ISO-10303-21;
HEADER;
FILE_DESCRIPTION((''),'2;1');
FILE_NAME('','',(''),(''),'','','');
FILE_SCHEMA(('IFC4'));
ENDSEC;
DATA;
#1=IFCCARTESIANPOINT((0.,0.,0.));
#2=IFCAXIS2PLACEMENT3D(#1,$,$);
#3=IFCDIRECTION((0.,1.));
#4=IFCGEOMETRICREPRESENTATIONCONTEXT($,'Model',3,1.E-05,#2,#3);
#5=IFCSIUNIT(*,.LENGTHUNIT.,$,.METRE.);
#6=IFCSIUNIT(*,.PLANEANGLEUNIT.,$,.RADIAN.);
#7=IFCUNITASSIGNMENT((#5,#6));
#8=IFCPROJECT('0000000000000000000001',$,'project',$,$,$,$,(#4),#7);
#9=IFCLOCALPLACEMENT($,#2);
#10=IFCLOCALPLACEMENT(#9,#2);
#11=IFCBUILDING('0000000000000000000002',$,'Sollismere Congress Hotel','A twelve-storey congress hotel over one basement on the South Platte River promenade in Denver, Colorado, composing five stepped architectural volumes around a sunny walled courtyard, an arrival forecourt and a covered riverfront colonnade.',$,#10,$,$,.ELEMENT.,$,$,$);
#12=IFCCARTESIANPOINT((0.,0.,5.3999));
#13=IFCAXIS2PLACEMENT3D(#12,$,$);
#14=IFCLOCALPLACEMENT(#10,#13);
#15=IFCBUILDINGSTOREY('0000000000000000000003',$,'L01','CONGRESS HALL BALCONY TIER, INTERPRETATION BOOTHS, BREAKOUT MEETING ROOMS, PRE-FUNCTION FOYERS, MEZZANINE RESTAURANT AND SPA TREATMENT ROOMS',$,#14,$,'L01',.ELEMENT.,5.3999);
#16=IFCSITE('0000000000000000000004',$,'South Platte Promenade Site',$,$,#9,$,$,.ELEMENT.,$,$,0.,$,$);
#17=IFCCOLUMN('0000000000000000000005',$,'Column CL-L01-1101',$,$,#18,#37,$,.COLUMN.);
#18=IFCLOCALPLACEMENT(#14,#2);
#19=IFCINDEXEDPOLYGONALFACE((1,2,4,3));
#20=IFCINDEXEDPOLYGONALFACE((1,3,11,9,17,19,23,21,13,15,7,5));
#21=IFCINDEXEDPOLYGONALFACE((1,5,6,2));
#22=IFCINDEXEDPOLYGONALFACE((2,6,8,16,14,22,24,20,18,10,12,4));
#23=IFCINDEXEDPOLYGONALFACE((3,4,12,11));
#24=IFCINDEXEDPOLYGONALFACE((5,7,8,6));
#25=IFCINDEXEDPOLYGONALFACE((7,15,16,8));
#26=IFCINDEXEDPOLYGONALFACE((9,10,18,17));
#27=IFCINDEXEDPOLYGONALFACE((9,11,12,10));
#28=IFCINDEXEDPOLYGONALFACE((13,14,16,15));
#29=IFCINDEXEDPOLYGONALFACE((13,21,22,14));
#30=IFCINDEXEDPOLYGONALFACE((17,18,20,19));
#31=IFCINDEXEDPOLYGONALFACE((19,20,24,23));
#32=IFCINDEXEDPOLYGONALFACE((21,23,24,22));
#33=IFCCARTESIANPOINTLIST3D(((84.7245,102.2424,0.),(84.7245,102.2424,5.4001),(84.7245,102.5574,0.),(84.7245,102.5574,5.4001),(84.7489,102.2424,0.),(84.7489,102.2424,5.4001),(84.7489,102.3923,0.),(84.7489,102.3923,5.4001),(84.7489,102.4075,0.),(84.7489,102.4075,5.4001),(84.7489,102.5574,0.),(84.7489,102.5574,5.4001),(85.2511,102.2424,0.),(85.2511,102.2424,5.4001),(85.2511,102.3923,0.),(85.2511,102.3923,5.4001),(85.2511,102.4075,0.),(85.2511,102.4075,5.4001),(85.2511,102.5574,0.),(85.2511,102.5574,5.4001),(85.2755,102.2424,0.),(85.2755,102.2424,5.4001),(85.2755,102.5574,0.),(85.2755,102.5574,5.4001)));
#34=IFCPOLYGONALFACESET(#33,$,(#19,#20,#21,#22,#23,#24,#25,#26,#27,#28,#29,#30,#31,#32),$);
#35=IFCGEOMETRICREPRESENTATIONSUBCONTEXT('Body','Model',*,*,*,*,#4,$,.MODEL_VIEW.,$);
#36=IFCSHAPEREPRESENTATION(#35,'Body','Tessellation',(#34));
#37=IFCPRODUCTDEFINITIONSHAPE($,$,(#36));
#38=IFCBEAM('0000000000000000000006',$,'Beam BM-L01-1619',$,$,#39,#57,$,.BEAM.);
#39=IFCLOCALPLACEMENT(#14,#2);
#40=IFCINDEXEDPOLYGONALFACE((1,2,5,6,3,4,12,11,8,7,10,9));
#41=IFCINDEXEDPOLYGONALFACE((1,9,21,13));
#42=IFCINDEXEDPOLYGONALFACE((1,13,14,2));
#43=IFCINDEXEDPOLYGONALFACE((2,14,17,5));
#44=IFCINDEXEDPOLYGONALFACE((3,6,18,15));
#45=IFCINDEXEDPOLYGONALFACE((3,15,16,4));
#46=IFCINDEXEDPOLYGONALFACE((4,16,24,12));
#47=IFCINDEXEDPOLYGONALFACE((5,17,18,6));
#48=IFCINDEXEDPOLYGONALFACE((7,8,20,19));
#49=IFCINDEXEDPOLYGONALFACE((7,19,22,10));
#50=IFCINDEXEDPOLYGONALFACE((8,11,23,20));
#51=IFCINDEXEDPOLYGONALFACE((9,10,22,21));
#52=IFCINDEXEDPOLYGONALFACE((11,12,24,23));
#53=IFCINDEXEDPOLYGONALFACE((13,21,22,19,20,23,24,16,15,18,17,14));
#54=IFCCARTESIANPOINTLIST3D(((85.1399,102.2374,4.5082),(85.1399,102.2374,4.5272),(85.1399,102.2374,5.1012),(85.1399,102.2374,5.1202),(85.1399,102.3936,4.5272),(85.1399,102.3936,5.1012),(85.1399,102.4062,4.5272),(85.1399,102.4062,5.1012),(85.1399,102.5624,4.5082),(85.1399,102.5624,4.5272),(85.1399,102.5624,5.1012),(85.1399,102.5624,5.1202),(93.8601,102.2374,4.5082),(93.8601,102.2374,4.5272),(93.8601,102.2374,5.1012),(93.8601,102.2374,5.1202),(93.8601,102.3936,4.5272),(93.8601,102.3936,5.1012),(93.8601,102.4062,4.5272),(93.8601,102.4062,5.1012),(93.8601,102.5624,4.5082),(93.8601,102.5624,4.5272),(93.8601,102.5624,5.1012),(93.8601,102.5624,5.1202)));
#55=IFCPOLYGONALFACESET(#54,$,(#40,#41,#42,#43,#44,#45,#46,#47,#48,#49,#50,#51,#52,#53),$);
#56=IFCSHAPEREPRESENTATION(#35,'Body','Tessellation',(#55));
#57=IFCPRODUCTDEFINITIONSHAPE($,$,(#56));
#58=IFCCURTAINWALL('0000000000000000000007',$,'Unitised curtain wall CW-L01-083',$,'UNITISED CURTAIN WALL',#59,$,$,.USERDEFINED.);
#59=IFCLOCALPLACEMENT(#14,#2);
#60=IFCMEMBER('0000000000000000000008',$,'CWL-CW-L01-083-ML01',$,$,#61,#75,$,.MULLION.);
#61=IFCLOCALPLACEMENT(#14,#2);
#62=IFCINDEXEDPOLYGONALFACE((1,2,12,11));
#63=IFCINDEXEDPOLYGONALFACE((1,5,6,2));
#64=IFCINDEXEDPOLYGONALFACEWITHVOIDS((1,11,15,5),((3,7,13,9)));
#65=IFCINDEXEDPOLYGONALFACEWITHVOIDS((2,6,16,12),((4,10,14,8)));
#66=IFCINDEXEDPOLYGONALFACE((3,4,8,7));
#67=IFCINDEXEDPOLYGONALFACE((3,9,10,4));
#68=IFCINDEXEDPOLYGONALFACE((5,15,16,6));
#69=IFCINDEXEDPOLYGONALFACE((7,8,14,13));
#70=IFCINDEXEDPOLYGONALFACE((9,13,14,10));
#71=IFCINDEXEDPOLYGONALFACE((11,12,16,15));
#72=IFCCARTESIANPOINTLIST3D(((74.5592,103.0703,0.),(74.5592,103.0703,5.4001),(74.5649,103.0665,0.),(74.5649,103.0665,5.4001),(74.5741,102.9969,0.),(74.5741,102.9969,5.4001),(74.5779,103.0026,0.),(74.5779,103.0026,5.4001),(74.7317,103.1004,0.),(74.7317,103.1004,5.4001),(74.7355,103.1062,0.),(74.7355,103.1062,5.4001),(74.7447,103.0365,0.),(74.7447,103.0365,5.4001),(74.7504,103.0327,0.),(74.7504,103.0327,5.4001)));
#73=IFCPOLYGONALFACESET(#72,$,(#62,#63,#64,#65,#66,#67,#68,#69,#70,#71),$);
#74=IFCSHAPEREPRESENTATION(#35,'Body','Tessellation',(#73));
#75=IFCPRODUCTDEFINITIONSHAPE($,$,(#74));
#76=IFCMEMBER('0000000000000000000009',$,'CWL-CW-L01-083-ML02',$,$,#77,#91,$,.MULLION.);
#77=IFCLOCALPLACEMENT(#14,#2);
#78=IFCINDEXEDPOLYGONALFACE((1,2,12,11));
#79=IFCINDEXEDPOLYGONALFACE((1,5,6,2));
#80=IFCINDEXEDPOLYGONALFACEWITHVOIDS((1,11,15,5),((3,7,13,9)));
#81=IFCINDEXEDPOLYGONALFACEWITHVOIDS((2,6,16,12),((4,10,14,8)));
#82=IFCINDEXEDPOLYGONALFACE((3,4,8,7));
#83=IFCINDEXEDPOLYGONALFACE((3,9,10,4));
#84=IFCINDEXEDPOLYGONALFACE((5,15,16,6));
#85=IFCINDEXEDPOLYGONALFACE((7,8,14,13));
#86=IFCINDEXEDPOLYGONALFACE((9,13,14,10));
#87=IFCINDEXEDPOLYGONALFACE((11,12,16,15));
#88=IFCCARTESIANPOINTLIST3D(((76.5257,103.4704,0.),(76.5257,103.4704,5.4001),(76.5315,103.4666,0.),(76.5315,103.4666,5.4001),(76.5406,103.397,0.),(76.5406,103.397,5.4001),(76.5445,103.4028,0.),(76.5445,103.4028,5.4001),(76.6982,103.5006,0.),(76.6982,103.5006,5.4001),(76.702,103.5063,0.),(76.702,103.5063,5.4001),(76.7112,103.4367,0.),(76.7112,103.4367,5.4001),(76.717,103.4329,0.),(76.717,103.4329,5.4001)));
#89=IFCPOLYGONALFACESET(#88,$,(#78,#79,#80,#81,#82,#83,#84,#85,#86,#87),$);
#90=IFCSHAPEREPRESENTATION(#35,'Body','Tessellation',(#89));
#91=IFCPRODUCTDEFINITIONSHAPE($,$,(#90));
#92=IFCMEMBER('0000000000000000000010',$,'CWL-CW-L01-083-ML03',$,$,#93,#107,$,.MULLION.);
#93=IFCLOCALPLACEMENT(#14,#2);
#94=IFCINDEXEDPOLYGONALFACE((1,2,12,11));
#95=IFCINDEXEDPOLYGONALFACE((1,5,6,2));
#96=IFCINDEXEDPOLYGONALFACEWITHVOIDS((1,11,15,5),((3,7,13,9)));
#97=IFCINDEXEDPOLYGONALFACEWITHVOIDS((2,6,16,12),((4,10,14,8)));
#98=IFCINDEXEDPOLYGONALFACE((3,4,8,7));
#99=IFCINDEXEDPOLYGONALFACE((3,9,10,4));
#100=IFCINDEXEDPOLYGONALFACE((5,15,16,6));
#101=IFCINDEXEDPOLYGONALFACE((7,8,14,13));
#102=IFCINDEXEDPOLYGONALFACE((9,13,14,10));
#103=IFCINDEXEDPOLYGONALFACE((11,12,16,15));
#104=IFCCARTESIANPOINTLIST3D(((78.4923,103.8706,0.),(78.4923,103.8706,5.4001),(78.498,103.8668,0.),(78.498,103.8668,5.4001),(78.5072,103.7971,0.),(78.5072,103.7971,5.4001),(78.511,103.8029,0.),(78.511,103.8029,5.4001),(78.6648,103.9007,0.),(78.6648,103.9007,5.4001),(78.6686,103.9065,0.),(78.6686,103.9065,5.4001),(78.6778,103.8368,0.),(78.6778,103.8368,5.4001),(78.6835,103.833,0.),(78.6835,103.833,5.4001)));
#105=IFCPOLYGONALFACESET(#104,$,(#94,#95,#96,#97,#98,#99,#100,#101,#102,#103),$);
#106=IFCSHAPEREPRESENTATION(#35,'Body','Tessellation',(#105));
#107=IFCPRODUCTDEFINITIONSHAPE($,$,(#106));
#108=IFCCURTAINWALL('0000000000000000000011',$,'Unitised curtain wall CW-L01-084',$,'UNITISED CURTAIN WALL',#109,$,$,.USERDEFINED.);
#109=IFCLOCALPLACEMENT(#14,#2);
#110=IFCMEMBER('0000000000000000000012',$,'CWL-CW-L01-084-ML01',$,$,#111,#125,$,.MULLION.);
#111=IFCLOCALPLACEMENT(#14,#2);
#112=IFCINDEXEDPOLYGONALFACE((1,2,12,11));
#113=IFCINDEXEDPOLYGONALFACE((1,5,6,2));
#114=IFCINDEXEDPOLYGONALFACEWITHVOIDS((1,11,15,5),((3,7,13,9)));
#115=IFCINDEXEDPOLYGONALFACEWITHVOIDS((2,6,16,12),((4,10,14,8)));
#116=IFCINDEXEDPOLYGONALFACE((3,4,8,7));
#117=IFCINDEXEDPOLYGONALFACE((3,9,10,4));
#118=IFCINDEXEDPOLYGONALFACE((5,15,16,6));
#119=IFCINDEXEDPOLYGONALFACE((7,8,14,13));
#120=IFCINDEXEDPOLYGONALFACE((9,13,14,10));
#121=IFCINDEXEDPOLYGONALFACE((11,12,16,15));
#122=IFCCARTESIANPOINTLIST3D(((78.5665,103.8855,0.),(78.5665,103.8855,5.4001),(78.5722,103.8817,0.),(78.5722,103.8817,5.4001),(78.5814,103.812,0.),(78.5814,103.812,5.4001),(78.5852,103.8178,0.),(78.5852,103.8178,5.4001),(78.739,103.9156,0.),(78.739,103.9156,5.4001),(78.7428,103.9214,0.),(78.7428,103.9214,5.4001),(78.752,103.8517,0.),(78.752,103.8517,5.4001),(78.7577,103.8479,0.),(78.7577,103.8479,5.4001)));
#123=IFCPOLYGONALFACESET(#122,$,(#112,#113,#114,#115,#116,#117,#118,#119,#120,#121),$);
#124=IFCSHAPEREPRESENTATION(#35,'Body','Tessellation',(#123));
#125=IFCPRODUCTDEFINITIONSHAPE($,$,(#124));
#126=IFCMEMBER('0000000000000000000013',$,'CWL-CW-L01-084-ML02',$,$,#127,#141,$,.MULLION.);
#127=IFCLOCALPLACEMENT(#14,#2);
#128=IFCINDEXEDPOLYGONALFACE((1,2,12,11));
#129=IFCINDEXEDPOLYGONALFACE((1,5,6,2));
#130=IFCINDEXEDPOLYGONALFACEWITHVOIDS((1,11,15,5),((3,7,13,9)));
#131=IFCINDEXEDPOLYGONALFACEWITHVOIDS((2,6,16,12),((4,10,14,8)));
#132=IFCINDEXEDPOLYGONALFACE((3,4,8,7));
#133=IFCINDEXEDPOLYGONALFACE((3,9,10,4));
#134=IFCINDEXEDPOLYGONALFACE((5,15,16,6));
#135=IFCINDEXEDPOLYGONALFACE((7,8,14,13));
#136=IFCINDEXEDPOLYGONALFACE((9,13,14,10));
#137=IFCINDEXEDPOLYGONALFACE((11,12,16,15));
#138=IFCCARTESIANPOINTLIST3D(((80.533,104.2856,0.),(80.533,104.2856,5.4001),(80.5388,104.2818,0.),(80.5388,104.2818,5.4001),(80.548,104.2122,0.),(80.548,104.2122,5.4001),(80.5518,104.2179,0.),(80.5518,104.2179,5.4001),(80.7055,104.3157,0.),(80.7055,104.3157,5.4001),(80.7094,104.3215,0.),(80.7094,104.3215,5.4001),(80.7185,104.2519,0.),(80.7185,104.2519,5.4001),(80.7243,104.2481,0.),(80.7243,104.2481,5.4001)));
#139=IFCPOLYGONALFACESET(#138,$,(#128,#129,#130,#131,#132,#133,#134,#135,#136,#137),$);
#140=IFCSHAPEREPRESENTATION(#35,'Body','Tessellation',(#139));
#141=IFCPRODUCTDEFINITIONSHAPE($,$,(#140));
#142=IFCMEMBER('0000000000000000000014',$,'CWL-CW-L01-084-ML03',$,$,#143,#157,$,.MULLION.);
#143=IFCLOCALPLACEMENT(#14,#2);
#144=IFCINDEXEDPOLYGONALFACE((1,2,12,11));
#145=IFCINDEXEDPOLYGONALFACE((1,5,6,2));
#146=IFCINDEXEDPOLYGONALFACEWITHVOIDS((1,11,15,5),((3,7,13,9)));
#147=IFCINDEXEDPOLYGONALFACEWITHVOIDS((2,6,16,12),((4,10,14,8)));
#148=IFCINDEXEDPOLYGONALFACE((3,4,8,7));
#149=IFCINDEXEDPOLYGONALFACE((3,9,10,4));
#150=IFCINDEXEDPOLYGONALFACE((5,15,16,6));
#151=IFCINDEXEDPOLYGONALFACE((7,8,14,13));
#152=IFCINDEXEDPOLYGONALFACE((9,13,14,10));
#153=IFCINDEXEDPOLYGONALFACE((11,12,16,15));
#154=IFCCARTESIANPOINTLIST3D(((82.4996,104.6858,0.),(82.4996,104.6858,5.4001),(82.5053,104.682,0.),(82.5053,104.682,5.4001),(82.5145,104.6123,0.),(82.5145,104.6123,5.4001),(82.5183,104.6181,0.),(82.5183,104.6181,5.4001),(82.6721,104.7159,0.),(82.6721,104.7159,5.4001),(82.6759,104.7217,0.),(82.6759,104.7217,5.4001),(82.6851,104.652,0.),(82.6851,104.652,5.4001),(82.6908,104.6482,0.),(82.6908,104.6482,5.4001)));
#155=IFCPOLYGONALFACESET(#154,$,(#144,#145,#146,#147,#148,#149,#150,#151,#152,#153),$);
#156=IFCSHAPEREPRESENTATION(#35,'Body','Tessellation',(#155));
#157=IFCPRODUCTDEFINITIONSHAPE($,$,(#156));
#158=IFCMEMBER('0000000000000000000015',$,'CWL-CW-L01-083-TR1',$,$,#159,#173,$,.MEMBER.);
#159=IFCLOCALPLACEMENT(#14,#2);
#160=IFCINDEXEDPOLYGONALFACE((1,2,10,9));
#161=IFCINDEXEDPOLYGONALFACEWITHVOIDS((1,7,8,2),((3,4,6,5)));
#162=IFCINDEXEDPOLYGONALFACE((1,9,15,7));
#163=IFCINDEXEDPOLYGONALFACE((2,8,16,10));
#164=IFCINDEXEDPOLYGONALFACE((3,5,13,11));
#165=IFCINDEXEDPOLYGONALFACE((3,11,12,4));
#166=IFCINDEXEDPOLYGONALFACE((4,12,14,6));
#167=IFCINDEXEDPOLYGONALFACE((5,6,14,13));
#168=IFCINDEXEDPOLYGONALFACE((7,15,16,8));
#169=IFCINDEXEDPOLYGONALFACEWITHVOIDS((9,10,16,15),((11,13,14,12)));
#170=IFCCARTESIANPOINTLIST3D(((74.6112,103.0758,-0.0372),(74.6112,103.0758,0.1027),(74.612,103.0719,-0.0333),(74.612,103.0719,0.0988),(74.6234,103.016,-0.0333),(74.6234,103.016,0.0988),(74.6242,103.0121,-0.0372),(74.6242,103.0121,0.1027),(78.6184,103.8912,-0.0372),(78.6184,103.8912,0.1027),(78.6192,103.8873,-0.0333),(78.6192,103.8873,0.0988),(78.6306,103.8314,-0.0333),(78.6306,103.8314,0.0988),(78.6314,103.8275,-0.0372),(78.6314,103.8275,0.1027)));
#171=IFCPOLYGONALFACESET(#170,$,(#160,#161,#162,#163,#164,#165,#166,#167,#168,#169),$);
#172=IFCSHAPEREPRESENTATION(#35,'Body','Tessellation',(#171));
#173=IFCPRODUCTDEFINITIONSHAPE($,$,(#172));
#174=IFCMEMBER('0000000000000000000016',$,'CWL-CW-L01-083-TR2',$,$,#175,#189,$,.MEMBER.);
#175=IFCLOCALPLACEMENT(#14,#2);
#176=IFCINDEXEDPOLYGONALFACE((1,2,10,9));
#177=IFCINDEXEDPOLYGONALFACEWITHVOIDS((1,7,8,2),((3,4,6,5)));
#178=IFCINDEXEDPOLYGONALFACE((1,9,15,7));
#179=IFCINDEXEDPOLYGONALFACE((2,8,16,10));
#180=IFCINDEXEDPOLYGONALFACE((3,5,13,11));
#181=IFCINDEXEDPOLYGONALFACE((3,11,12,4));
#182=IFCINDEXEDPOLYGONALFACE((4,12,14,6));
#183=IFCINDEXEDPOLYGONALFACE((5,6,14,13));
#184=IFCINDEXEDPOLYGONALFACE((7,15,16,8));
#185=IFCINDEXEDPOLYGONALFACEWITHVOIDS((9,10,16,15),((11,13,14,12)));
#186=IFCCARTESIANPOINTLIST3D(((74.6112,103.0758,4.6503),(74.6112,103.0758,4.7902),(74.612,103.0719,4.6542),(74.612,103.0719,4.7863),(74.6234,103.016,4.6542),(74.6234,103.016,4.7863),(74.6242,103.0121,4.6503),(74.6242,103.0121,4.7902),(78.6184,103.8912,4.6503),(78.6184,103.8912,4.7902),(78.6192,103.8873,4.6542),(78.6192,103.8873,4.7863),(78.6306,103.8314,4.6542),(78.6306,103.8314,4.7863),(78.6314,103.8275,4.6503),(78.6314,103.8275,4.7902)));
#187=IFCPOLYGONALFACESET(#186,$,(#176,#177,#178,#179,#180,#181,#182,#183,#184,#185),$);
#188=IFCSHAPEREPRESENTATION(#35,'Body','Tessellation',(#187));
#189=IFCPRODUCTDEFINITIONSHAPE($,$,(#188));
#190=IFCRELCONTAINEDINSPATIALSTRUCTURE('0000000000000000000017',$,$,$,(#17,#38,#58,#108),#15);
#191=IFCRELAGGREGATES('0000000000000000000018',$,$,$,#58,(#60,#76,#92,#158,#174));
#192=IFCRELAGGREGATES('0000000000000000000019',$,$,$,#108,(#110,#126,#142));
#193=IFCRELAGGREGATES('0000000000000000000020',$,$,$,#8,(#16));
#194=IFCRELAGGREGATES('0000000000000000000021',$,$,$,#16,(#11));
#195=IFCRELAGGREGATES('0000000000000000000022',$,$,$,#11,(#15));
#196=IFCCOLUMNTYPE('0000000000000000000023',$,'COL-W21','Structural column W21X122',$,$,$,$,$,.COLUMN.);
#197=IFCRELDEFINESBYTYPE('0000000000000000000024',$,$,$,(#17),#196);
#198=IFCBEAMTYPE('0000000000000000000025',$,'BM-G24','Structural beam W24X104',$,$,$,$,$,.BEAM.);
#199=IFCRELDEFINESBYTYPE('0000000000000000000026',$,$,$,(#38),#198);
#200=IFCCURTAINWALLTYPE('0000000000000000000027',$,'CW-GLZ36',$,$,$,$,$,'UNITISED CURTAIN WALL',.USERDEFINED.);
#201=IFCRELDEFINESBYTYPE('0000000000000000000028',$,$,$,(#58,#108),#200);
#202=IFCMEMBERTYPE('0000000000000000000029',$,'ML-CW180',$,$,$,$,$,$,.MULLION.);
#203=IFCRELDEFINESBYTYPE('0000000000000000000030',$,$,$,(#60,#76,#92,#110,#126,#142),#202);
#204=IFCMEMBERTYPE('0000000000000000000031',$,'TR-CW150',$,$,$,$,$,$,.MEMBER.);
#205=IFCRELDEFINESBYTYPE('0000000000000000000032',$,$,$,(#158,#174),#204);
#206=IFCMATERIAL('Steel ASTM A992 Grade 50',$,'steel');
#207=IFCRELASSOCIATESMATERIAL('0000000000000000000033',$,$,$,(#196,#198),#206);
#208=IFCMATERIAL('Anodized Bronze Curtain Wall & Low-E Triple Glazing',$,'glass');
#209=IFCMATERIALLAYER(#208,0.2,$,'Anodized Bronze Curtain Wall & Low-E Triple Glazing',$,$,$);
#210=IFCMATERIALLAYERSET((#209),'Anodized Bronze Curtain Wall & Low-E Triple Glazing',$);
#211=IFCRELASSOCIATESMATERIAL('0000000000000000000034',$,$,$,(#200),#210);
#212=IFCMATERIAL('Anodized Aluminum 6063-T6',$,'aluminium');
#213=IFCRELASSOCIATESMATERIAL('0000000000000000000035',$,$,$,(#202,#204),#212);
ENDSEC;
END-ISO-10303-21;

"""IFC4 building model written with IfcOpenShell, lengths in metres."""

from ifc_helpers import new_model, si_unit, direction, frame, origin, origin_2d, place, context, subcontext, project, spatial, hollow_rectangle, i_section, extrude, material, layer, layer_set, material_profile, profile_set, type_object, element, aggregate, save


model = new_model("IFC4")

# Units and contexts
model_context = context("Model", 3, precision=1e-05, world=origin(), true_north=direction((0.0, 1.0)))
body_context = subcontext(model_context, "Body", "Model", "MODEL_VIEW")
ifc_project = project(units=[si_unit("LENGTHUNIT", "METRE"), si_unit("PLANEANGLEUNIT", "RADIAN")], contexts=[model_context])

# Site, building, storey
site_placement = place(None, origin())
site = spatial("IfcSite", under=ifc_project, at=site_placement, Name="South Platte Promenade Site", CompositionType="ELEMENT", RefElevation=0.0)
building_placement = place(site_placement, origin())
building = spatial("IfcBuilding", under=site, at=building_placement, Name="Sollismere Congress Hotel", Description="A twelve-storey congress hotel over one basement on the South Platte River promenade in Denver, Colorado, composing five stepped architectural volumes around a sunny walled courtyard, an arrival forecourt and a covered riverfront colonnade.", CompositionType="ELEMENT")
storey_placement = place(building_placement, frame((0.0, 0.0, 5.3999)))
storey = spatial("IfcBuildingStorey", under=building, at=storey_placement, Name="L01", Description="CONGRESS HALL BALCONY TIER, INTERPRETATION BOOTHS, BREAKOUT MEETING ROOMS, PRE-FUNCTION FOYERS, MEZZANINE RESTAURANT AND SPA TREATMENT ROOMS", LongName="L01", CompositionType="ELEMENT", Elevation=5.3999)

# Column
ifc_material_1 = material(Name="Steel ASTM A992 Grade 50", Category="steel")
ifc_material_profile_1 = material_profile(ifc_material_1, i_section(OverallWidth=0.3149, OverallDepth=0.551, WebThickness=0.0151, FlangeThickness=0.0244, at=origin_2d()), Name="W21X122")
ifc_profile_set_1 = profile_set([ifc_material_profile_1], Name="Steel ASTM A992 Grade 50")
column_type = type_object("IfcColumnType", Name="COL-W21", Description="Structural column W21X122", PredefinedType="COLUMN", material=ifc_profile_set_1)
column_placement = place(storey_placement, frame((85.0, 102.3999, 0.0), z_axis=(0.0, 0.0, 1.0), x_axis=(0.0, 1.0, 0.0)))
element("IfcColumn", 1, at=column_placement, inside=storey, type_object=column_type, Name="Column CL-L01-1101", PredefinedType="COLUMN", context=body_context, shape_type="SweptSolid", body=[
    extrude(i_section(OverallWidth=0.3149, OverallDepth=0.551, WebThickness=0.0151, FlangeThickness=0.0244, at=origin_2d()), origin(), (0.0, 0.0, 1.0), 5.4001),
])

# Beam
ifc_material_profile_2 = material_profile(ifc_material_1, i_section(OverallWidth=0.325, OverallDepth=0.6121, WebThickness=0.0127, FlangeThickness=0.019, at=origin_2d()), Name="W24X104")
ifc_profile_set_2 = profile_set([ifc_material_profile_2], Name="Steel ASTM A992 Grade 50")
beam_type = type_object("IfcBeamType", Name="BM-G24", Description="Structural beam W24X104", PredefinedType="BEAM", material=ifc_profile_set_2)
beam_placement = place(storey_placement, frame((85.1399, 102.3999, 4.8142), z_axis=(1.0, 0.0, 0.0), x_axis=(0.0, 1.0, 0.0)))
element("IfcBeam", 2, at=beam_placement, inside=storey, type_object=beam_type, Name="Beam BM-L01-1619", PredefinedType="BEAM", context=body_context, shape_type="SweptSolid", body=[
    extrude(i_section(OverallWidth=0.325, OverallDepth=0.6121, WebThickness=0.0127, FlangeThickness=0.019, at=origin_2d()), origin(), (0.0, 0.0, 1.0), 8.7202),
])

# Curtain walls, members
ifc_material_2 = material(Name="Anodized Bronze Curtain Wall & Low-E Triple Glazing", Category="glass")
ifc_layer_1 = layer(ifc_material_2, 0.2, Name="Anodized Bronze Curtain Wall & Low-E Triple Glazing")
ifc_layer_set_1 = layer_set([ifc_layer_1], Name="Anodized Bronze Curtain Wall & Low-E Triple Glazing")
curtain_wall_type = type_object("IfcCurtainWallType", Name="CW-GLZ36", ElementType="UNITISED CURTAIN WALL", PredefinedType="USERDEFINED", material=ifc_layer_set_1)
curtain_wall_1_placement = place(storey_placement, origin())
curtain_wall_1 = element("IfcCurtainWall", 3, at=curtain_wall_1_placement, inside=storey, type_object=curtain_wall_type, Name="Unitised curtain wall CW-L01-083", ObjectType="UNITISED CURTAIN WALL", PredefinedType="USERDEFINED")
ifc_material_3 = material(Name="Anodized Aluminum 6063-T6", Category="aluminium")
ifc_material_profile_3 = material_profile(ifc_material_3, hollow_rectangle(XDim=0.075, YDim=0.1799, WallThickness=0.0049, at=origin_2d()), Name="ALU180X75X5")
ifc_profile_set_3 = profile_set([ifc_material_profile_3], Name="Anodized Aluminum 6063-T6")
member_type_1 = type_object("IfcMemberType", Name="ML-CW180", PredefinedType="MULLION", material=ifc_profile_set_3)
member_1_placement = place(storey_placement, frame((74.6548, 103.0515, 0.0), z_axis=(0.0, 0.0, 1.0), x_axis=(-0.199368, 0.979925, 0.0)))
member_1 = element("IfcMember", 4, at=member_1_placement, type_object=member_type_1, Name="CWL-CW-L01-083-ML01", PredefinedType="MULLION", context=body_context, shape_type="SweptSolid", body=[
    extrude(hollow_rectangle(XDim=0.075, YDim=0.1799, WallThickness=0.0049, at=origin_2d()), origin(), (0.0, 0.0, 1.0), 5.4001),
])
member_2_placement = place(storey_placement, frame((76.6213, 103.4517, 0.0), z_axis=(0.0, 0.0, 1.0), x_axis=(-0.199368, 0.979925, 0.0)))
member_2 = element("IfcMember", 5, at=member_2_placement, type_object=member_type_1, Name="CWL-CW-L01-083-ML02", PredefinedType="MULLION", context=body_context, shape_type="SweptSolid", body=[
    extrude(hollow_rectangle(XDim=0.075, YDim=0.1799, WallThickness=0.0049, at=origin_2d()), origin(), (0.0, 0.0, 1.0), 5.4001),
])
member_3_placement = place(storey_placement, frame((78.5879, 103.8518, 0.0), z_axis=(0.0, 0.0, 1.0), x_axis=(-0.199368, 0.979925, 0.0)))
member_3 = element("IfcMember", 6, at=member_3_placement, type_object=member_type_1, Name="CWL-CW-L01-083-ML03", PredefinedType="MULLION", context=body_context, shape_type="SweptSolid", body=[
    extrude(hollow_rectangle(XDim=0.075, YDim=0.1799, WallThickness=0.0049, at=origin_2d()), origin(), (0.0, 0.0, 1.0), 5.4001),
])
curtain_wall_2_placement = place(storey_placement, origin())
curtain_wall_2 = element("IfcCurtainWall", 7, at=curtain_wall_2_placement, inside=storey, type_object=curtain_wall_type, Name="Unitised curtain wall CW-L01-084", ObjectType="UNITISED CURTAIN WALL", PredefinedType="USERDEFINED")
member_4_placement = place(storey_placement, frame((78.6621, 103.8667, 0.0), z_axis=(0.0, 0.0, 1.0), x_axis=(-0.199368, 0.979925, 0.0)))
member_4 = element("IfcMember", 8, at=member_4_placement, type_object=member_type_1, Name="CWL-CW-L01-084-ML01", PredefinedType="MULLION", context=body_context, shape_type="SweptSolid", body=[
    extrude(hollow_rectangle(XDim=0.075, YDim=0.1799, WallThickness=0.0049, at=origin_2d()), origin(), (0.0, 0.0, 1.0), 5.4001),
])
member_5_placement = place(storey_placement, frame((80.6287, 104.2668, 0.0), z_axis=(0.0, 0.0, 1.0), x_axis=(-0.199368, 0.979925, 0.0)))
member_5 = element("IfcMember", 9, at=member_5_placement, type_object=member_type_1, Name="CWL-CW-L01-084-ML02", PredefinedType="MULLION", context=body_context, shape_type="SweptSolid", body=[
    extrude(hollow_rectangle(XDim=0.075, YDim=0.1799, WallThickness=0.0049, at=origin_2d()), origin(), (0.0, 0.0, 1.0), 5.4001),
])
member_6_placement = place(storey_placement, frame((82.5952, 104.667, 0.0), z_axis=(0.0, 0.0, 1.0), x_axis=(-0.199368, 0.979925, 0.0)))
member_6 = element("IfcMember", 10, at=member_6_placement, type_object=member_type_1, Name="CWL-CW-L01-084-ML03", PredefinedType="MULLION", context=body_context, shape_type="SweptSolid", body=[
    extrude(hollow_rectangle(XDim=0.075, YDim=0.1799, WallThickness=0.0049, at=origin_2d()), origin(), (0.0, 0.0, 1.0), 5.4001),
])

# Members
ifc_material_profile_4 = material_profile(ifc_material_3, hollow_rectangle(XDim=0.0649, YDim=0.1399, WallThickness=0.0039, at=origin_2d()), Name="ALU140X65X4")
ifc_profile_set_4 = profile_set([ifc_material_profile_4], Name="Anodized Aluminum 6063-T6")
member_type_2 = type_object("IfcMemberType", Name="TR-CW150", PredefinedType="MEMBER", material=ifc_profile_set_4)
member_7_placement = place(storey_placement, frame((74.6177, 103.0439, 0.0327), z_axis=(0.979918, 0.199399, 0.0), x_axis=(-0.199399, 0.979918, 0.0)))
member_7 = element("IfcMember", 11, at=member_7_placement, type_object=member_type_2, Name="CWL-CW-L01-083-TR1", PredefinedType="MEMBER", context=body_context, shape_type="SweptSolid", body=[
    extrude(hollow_rectangle(XDim=0.0649, YDim=0.1399, WallThickness=0.0039, at=origin_2d()), origin(), (0.0, 0.0, 1.0), 4.0894),
])
member_8_placement = place(storey_placement, frame((74.6177, 103.0439, 4.7202), z_axis=(0.979918, 0.199399, 0.0), x_axis=(-0.199399, 0.979918, 0.0)))
member_8 = element("IfcMember", 12, at=member_8_placement, type_object=member_type_2, Name="CWL-CW-L01-083-TR2", PredefinedType="MEMBER", context=body_context, shape_type="SweptSolid", body=[
    extrude(hollow_rectangle(XDim=0.0649, YDim=0.1399, WallThickness=0.0039, at=origin_2d()), origin(), (0.0, 0.0, 1.0), 4.0894),
])

aggregate(curtain_wall_1, [member_1, member_2, member_3, member_7, member_8])
aggregate(curtain_wall_2, [member_4, member_5, member_6])

save(model, "model.ifc")
